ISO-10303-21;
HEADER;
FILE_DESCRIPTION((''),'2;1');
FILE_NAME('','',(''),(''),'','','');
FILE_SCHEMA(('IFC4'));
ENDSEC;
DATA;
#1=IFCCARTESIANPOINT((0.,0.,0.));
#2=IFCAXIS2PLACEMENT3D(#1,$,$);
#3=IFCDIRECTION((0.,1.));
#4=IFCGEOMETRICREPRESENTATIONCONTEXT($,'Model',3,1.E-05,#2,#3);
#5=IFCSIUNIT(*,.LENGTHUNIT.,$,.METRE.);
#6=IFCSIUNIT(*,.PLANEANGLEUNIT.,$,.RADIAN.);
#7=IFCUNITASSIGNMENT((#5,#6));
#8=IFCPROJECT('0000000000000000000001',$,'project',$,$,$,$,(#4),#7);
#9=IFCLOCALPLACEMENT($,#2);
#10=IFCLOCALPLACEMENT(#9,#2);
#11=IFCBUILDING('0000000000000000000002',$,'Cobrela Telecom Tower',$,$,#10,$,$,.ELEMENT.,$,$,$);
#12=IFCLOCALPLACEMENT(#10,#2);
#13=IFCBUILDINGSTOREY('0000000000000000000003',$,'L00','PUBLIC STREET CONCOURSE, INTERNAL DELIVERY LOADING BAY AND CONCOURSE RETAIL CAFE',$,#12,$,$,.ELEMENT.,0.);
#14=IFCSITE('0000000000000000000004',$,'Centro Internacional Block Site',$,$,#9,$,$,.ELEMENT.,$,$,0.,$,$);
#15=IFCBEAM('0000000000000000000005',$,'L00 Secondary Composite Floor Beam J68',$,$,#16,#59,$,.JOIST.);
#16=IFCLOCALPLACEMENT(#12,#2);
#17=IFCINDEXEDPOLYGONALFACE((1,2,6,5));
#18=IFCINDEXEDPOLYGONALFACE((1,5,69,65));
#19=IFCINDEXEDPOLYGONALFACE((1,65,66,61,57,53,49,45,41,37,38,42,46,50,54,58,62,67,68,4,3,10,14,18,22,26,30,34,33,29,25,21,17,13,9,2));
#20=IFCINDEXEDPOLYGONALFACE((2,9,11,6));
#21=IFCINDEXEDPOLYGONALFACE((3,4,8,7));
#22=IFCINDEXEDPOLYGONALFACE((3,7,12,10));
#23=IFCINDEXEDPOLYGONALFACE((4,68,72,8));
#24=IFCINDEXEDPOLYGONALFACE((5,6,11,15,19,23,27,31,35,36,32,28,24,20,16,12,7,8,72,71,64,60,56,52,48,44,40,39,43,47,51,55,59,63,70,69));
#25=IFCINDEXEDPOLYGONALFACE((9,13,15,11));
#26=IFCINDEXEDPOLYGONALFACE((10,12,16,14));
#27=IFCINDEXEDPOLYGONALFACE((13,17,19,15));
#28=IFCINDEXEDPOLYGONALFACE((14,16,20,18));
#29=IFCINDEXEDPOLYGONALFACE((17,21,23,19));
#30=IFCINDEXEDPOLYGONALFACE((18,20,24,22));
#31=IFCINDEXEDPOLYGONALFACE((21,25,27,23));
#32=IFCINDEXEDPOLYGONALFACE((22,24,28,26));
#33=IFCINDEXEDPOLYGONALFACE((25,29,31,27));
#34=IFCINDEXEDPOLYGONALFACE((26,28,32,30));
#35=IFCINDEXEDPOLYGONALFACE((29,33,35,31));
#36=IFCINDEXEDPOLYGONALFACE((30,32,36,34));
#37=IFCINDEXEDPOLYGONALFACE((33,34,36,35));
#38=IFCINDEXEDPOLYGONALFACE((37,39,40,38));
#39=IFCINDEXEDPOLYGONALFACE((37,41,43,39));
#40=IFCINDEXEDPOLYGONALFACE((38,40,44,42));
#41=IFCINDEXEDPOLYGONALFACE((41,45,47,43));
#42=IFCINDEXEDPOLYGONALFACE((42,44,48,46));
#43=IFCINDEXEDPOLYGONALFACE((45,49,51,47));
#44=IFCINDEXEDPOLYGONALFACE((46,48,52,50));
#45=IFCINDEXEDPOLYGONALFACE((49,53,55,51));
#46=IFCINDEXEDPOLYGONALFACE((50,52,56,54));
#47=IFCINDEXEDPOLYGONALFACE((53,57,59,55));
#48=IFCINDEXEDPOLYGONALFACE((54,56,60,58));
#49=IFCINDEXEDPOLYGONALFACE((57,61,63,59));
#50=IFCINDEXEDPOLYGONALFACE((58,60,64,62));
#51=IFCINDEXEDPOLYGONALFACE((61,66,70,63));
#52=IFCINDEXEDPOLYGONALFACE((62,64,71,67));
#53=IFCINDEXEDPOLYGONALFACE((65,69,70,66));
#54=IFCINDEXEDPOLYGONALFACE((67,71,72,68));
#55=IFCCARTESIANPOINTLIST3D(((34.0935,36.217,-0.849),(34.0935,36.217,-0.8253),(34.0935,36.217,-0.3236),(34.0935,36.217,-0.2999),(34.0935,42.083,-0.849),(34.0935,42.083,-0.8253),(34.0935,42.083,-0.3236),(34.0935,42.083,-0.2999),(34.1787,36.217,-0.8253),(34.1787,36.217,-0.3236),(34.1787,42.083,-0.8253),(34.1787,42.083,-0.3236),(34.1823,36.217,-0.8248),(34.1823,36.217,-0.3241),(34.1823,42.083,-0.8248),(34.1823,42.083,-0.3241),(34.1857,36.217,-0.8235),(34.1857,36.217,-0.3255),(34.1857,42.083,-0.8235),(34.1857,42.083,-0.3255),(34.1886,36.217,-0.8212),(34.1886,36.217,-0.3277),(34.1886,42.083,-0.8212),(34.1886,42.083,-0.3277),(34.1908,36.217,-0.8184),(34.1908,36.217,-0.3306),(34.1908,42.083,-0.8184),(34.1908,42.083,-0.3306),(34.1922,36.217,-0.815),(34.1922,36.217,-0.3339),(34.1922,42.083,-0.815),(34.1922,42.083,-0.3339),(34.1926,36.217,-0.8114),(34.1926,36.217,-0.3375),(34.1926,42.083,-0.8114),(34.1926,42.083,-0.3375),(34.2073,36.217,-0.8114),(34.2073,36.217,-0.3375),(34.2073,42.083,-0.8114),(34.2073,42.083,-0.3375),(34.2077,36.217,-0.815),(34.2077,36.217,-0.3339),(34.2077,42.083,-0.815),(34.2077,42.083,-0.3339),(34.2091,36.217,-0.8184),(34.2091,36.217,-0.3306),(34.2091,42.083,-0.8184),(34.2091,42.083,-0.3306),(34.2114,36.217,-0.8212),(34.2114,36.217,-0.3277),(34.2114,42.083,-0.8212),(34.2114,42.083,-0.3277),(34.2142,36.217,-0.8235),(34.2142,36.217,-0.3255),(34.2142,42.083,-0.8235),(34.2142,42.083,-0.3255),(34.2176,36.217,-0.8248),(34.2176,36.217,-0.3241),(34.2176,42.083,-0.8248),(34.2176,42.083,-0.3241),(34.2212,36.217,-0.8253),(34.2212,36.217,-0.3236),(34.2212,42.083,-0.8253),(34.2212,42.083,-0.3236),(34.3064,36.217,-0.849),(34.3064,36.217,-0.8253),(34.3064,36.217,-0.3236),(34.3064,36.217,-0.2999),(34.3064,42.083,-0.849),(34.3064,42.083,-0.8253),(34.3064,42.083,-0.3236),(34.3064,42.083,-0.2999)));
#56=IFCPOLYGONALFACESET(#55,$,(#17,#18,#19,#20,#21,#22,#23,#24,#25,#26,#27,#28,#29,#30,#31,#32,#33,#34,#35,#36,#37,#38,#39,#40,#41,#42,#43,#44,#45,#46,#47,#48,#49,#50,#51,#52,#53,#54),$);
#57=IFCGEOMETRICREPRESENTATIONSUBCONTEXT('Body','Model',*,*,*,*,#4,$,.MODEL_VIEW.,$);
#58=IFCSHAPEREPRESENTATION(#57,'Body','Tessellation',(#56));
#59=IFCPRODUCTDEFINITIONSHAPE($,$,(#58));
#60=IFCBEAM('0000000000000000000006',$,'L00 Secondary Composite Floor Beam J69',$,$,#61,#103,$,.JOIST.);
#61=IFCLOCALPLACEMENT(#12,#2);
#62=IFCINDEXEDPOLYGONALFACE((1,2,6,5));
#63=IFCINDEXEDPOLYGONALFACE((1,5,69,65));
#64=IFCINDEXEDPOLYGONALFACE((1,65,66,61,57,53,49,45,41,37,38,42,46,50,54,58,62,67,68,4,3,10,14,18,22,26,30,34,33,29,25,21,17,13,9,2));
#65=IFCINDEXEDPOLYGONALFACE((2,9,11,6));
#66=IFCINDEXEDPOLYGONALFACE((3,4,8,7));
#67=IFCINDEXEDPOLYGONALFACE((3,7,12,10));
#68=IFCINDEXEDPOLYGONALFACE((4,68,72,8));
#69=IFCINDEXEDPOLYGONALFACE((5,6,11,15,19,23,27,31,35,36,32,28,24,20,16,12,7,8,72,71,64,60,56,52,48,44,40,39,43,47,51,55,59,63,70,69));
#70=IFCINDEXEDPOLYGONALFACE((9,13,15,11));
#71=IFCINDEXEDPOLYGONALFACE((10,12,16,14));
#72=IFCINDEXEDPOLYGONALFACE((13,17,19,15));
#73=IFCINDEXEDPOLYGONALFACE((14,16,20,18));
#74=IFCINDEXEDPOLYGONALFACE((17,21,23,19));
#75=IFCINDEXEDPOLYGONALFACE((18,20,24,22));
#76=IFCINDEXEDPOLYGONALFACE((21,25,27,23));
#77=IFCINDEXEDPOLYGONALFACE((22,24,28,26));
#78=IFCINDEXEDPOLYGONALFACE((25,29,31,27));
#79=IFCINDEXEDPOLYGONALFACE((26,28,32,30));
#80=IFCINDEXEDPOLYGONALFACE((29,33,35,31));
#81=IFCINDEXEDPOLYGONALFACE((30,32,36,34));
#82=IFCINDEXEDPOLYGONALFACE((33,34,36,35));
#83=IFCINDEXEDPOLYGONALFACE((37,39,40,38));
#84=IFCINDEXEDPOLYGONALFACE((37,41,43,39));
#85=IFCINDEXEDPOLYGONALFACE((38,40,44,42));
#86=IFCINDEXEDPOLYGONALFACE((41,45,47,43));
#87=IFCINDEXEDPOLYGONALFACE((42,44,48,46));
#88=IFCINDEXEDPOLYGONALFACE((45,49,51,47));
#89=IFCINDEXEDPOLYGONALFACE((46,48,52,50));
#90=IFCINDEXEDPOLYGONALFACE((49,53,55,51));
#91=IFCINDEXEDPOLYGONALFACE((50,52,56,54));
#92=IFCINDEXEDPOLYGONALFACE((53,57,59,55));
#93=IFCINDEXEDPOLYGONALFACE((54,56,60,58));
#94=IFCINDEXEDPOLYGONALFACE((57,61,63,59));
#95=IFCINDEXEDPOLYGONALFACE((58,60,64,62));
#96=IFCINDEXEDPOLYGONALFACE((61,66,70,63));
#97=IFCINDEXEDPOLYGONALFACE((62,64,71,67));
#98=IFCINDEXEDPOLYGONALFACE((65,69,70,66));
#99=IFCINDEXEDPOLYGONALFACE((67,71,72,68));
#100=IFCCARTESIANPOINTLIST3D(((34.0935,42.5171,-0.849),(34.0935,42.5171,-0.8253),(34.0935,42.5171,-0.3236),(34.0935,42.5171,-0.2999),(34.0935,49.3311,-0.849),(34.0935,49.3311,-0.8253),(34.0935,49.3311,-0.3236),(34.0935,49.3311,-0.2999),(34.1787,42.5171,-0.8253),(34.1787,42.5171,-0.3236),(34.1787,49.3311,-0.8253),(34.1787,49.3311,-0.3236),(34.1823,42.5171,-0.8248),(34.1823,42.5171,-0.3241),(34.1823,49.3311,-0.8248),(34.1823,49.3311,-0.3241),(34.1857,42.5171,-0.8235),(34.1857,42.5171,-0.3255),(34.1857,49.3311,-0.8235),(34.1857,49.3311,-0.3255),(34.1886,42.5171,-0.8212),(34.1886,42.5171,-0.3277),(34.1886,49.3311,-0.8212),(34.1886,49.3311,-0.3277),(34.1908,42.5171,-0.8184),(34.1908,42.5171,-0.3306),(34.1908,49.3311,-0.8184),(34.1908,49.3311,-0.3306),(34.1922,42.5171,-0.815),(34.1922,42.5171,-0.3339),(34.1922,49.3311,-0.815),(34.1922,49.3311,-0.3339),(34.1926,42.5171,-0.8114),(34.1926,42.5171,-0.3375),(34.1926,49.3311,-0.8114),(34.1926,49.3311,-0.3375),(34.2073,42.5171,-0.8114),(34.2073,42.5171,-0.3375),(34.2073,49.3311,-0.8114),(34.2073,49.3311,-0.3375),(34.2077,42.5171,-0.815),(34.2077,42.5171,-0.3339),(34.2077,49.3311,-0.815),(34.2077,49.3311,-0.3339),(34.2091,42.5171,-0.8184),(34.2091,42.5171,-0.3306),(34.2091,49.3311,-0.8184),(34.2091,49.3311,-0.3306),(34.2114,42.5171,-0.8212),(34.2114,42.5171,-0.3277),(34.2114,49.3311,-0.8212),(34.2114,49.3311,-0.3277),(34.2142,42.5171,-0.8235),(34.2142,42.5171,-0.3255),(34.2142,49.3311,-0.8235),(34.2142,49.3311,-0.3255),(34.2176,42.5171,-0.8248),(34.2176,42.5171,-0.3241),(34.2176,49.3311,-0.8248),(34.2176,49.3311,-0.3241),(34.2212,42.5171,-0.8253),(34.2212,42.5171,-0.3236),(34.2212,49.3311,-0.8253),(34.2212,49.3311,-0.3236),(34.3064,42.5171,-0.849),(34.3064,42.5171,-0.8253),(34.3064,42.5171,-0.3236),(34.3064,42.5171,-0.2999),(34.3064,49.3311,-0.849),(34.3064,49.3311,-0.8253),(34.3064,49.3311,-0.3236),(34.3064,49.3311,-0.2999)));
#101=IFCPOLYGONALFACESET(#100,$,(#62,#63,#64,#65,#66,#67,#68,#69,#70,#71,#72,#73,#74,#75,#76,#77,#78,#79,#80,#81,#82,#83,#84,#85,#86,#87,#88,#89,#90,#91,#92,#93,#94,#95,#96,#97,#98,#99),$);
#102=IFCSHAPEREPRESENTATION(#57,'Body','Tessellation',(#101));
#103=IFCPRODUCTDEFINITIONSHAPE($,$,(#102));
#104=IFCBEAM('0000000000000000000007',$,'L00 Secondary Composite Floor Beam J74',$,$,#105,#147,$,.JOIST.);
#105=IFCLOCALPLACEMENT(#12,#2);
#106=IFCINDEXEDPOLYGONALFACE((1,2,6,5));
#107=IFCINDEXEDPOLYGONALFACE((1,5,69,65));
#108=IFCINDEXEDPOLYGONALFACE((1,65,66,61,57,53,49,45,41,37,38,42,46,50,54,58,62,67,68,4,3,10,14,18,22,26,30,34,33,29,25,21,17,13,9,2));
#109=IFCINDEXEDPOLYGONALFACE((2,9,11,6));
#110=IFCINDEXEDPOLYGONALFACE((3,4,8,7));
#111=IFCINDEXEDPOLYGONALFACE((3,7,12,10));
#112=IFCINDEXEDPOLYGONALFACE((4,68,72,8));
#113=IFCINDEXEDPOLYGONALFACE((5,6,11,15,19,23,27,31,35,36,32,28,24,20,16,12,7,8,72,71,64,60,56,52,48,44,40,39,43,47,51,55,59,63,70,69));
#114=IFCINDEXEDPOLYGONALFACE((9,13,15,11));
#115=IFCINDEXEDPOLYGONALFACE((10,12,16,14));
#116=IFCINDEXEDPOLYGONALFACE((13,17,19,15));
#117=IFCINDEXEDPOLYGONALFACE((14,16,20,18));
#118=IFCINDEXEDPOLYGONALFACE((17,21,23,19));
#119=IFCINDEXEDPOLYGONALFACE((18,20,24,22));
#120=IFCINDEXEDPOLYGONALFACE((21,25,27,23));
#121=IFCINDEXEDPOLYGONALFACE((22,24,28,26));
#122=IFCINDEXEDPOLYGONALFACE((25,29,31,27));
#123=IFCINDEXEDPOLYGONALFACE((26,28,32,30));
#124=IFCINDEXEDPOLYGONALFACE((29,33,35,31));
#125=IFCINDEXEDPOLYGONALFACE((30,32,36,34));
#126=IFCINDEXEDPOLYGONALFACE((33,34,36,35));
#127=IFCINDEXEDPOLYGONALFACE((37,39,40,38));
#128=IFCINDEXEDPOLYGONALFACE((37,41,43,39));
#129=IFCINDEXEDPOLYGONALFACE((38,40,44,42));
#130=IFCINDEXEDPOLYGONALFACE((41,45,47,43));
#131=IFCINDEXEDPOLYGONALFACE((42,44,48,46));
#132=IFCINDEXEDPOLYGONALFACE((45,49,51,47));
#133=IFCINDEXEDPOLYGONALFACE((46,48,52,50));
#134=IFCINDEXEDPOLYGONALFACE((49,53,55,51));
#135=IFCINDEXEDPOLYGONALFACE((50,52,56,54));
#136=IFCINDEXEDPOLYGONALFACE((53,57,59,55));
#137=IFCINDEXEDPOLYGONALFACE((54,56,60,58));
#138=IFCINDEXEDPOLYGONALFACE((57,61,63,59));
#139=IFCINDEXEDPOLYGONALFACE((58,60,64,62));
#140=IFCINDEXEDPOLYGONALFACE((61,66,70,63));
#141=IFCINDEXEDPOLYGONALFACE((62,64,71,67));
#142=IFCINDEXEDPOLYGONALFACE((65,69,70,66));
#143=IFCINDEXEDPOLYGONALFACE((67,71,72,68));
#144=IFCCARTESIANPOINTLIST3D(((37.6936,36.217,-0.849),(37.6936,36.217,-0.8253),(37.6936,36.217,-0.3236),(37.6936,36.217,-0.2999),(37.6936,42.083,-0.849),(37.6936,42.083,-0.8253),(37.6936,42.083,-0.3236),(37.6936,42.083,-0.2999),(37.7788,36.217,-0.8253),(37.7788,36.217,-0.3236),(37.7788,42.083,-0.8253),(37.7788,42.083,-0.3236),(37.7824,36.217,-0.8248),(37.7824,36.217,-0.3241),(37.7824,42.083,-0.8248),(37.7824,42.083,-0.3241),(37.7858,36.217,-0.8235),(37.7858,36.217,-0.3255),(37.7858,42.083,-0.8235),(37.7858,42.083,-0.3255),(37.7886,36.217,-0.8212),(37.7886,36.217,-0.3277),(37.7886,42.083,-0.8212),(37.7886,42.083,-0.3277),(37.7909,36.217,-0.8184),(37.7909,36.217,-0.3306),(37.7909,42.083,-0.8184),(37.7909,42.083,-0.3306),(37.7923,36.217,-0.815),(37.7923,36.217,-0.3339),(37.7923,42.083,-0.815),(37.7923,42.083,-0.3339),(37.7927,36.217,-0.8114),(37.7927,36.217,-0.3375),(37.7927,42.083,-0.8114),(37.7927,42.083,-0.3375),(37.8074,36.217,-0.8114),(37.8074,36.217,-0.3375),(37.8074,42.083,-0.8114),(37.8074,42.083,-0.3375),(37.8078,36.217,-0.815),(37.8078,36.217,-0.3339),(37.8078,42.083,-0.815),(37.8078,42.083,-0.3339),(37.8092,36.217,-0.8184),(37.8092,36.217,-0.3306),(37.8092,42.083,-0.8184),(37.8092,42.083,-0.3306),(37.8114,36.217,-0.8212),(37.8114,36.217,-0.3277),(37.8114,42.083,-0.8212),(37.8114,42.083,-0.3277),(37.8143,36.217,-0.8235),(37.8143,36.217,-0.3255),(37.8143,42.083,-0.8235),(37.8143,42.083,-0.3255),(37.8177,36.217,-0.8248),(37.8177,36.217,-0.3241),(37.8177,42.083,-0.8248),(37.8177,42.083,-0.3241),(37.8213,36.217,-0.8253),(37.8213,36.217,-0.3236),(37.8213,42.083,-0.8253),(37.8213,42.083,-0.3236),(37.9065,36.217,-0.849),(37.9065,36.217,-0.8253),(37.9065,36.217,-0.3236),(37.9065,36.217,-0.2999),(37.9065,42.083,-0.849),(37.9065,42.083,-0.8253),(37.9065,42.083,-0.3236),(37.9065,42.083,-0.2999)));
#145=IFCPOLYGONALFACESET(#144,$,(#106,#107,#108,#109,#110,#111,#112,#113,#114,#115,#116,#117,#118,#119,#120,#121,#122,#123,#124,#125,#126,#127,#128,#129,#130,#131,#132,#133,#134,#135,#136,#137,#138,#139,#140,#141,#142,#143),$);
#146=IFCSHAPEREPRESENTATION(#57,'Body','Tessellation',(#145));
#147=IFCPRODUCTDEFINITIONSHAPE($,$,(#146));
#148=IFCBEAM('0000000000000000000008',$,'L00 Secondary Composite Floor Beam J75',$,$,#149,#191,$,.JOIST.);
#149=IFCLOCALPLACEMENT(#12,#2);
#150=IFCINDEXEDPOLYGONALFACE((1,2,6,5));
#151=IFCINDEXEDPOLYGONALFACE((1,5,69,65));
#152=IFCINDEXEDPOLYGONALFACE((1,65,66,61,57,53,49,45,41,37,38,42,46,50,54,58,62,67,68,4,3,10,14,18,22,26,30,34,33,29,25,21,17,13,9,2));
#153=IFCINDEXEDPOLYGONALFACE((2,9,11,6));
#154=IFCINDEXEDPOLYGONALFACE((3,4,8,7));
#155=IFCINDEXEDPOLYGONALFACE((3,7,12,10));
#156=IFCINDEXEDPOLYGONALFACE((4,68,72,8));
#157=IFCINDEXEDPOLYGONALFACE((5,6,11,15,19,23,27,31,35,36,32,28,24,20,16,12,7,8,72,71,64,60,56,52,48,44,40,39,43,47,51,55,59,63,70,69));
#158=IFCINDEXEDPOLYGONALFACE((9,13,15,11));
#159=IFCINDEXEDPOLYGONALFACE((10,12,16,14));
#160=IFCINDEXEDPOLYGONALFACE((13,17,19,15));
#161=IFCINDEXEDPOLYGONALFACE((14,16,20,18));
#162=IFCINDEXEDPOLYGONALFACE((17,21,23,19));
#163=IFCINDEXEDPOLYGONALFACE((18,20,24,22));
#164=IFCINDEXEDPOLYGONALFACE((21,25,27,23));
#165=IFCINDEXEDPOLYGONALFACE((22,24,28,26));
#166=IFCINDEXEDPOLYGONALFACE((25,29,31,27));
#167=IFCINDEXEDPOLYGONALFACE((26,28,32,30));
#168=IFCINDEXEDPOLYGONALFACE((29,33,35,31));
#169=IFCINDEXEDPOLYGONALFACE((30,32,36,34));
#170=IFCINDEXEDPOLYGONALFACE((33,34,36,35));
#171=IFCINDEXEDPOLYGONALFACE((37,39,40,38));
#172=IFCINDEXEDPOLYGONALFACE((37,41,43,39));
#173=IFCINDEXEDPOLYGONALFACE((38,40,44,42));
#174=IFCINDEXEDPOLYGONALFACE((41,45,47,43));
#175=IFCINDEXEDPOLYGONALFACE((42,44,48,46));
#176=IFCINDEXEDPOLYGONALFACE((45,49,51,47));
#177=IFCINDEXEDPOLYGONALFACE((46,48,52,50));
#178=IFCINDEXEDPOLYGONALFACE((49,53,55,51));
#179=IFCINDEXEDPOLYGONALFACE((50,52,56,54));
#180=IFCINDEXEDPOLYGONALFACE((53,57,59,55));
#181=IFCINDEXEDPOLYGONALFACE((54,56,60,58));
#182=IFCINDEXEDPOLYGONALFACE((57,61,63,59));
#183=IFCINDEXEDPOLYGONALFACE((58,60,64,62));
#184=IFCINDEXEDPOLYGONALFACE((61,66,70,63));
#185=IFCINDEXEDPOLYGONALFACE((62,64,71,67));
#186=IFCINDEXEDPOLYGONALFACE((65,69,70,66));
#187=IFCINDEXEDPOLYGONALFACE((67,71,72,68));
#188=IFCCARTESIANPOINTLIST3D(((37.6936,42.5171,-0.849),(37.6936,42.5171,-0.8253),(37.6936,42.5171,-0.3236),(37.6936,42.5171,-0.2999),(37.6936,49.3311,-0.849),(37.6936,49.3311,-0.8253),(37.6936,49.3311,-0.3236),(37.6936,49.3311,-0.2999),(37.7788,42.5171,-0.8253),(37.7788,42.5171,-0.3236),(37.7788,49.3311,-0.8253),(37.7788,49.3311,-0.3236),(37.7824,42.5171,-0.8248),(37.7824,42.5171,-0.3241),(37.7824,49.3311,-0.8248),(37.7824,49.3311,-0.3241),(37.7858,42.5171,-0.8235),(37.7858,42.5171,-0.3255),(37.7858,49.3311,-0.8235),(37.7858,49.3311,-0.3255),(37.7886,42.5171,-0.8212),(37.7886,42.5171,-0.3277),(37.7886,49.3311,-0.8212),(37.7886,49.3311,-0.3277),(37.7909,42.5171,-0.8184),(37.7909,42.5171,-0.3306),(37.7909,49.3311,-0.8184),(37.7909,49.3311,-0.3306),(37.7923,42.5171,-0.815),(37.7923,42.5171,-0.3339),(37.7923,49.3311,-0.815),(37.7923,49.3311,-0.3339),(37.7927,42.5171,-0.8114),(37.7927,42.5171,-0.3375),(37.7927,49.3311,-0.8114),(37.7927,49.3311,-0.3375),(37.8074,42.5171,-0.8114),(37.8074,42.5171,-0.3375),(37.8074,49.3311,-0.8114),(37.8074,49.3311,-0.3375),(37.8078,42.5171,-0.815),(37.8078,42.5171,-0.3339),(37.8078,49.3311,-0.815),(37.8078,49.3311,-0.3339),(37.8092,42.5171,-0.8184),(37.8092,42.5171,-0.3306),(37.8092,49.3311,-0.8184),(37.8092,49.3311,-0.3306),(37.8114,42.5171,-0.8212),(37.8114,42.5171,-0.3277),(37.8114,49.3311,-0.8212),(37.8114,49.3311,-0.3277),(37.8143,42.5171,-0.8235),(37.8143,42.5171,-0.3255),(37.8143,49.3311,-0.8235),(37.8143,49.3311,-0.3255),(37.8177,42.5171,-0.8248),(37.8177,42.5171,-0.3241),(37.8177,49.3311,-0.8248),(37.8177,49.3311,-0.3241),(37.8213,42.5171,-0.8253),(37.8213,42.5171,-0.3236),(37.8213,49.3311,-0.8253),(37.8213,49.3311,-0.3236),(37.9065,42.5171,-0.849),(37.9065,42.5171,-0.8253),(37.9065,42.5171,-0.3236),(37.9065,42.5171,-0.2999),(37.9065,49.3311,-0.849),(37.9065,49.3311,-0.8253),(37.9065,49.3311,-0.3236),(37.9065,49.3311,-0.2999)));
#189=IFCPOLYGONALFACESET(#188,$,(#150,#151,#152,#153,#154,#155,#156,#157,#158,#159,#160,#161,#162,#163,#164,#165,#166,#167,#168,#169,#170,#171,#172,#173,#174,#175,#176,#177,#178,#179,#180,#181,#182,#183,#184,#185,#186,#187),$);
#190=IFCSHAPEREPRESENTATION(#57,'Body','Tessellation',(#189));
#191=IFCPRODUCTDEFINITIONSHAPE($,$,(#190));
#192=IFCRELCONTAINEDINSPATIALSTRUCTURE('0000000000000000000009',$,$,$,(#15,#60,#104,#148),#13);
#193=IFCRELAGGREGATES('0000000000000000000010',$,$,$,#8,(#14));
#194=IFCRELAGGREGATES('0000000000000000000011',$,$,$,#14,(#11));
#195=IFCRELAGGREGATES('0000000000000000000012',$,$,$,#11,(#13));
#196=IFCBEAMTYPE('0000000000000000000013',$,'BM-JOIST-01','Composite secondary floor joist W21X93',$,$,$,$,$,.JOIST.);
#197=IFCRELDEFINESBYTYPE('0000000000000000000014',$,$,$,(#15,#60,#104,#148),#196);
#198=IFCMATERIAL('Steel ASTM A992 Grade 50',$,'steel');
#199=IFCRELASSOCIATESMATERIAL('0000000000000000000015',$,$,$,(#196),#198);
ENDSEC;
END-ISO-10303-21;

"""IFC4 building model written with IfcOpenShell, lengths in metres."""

from ifc_helpers import new_model, si_unit, direction, frame, origin, origin_2d, place, context, subcontext, project, spatial, i_section, extrude, material, material_profile, profile_set, type_object, element, save


model = new_model("IFC4")

# Units and contexts
model_context = context("Model", 3, precision=1e-05, world=origin(), true_north=direction((0.0, 1.0)))
body_context = subcontext(model_context, "Body", "Model", "MODEL_VIEW")
ifc_project = project(units=[si_unit("LENGTHUNIT", "METRE"), si_unit("PLANEANGLEUNIT", "RADIAN")], contexts=[model_context])

# Site, building, storey
site_placement = place(None, origin())
site = spatial("IfcSite", under=ifc_project, at=site_placement, Name="Centro Internacional Block Site", CompositionType="ELEMENT", RefElevation=0.0)
building_placement = place(site_placement, origin())
building = spatial("IfcBuilding", under=site, at=building_placement, Name="Cobrela Telecom Tower", CompositionType="ELEMENT")
storey_placement = place(building_placement, origin())
storey = spatial("IfcBuildingStorey", under=building, at=storey_placement, Name="L00", Description="PUBLIC STREET CONCOURSE, INTERNAL DELIVERY LOADING BAY AND CONCOURSE RETAIL CAFE", CompositionType="ELEMENT", Elevation=0.0)

# Beams
ifc_material_1 = material(Name="Steel ASTM A992 Grade 50", Category="steel")
ifc_material_profile_1 = material_profile(ifc_material_1, i_section(OverallWidth=0.2129, OverallDepth=0.5491, WebThickness=0.0146, FlangeThickness=0.0237, FilletRadius=0.0139, at=origin_2d()), Name="W21X93")
ifc_profile_set_1 = profile_set([ifc_material_profile_1], Name="Steel ASTM A992 Grade 50")
beam_type_1 = type_object("IfcBeamType", Name="BM-JOIST-01", Description="Composite secondary floor joist W21X93", PredefinedType="JOIST", material=ifc_profile_set_1)
beam_1_placement = place(storey_placement, frame((34.2, 36.217, -0.5745), z_axis=(0.0, 1.0, 0.0), x_axis=(-1.0, 0.0, 0.0)))
element("IfcBeam", 1, at=beam_1_placement, inside=storey, type_object=beam_type_1, Name="L00 Secondary Composite Floor Beam J68", PredefinedType="JOIST", context=body_context, shape_type="SweptSolid", body=[
    extrude(i_section(OverallWidth=0.2129, OverallDepth=0.5491, WebThickness=0.0146, FlangeThickness=0.0237, FilletRadius=0.0139, at=origin_2d()), origin(), (0.0, 0.0, 1.0), 5.866),
])
beam_2_placement = place(storey_placement, frame((34.2, 42.5171, -0.5745), z_axis=(0.0, 1.0, 0.0), x_axis=(-1.0, 0.0, 0.0)))
element("IfcBeam", 2, at=beam_2_placement, inside=storey, type_object=beam_type_1, Name="L00 Secondary Composite Floor Beam J69", PredefinedType="JOIST", context=body_context, shape_type="SweptSolid", body=[
    extrude(i_section(OverallWidth=0.2129, OverallDepth=0.5491, WebThickness=0.0146, FlangeThickness=0.0237, FilletRadius=0.0139, at=origin_2d()), origin(), (0.0, 0.0, 1.0), 6.814),
])
beam_3_placement = place(storey_placement, frame((37.8, 36.217, -0.5745), z_axis=(0.0, 1.0, 0.0), x_axis=(-1.0, 0.0, 0.0)))
element("IfcBeam", 3, at=beam_3_placement, inside=storey, type_object=beam_type_1, Name="L00 Secondary Composite Floor Beam J74", PredefinedType="JOIST", context=body_context, shape_type="SweptSolid", body=[
    extrude(i_section(OverallWidth=0.2129, OverallDepth=0.5491, WebThickness=0.0146, FlangeThickness=0.0237, FilletRadius=0.0139, at=origin_2d()), origin(), (0.0, 0.0, 1.0), 5.866),
])
beam_4_placement = place(storey_placement, frame((37.8, 42.5171, -0.5745), z_axis=(0.0, 1.0, 0.0), x_axis=(-1.0, 0.0, 0.0)))
element("IfcBeam", 4, at=beam_4_placement, inside=storey, type_object=beam_type_1, Name="L00 Secondary Composite Floor Beam J75", PredefinedType="JOIST", context=body_context, shape_type="SweptSolid", body=[
    extrude(i_section(OverallWidth=0.2129, OverallDepth=0.5491, WebThickness=0.0146, FlangeThickness=0.0237, FilletRadius=0.0139, at=origin_2d()), origin(), (0.0, 0.0, 1.0), 6.814),
])

save(model, "model.ifc")
